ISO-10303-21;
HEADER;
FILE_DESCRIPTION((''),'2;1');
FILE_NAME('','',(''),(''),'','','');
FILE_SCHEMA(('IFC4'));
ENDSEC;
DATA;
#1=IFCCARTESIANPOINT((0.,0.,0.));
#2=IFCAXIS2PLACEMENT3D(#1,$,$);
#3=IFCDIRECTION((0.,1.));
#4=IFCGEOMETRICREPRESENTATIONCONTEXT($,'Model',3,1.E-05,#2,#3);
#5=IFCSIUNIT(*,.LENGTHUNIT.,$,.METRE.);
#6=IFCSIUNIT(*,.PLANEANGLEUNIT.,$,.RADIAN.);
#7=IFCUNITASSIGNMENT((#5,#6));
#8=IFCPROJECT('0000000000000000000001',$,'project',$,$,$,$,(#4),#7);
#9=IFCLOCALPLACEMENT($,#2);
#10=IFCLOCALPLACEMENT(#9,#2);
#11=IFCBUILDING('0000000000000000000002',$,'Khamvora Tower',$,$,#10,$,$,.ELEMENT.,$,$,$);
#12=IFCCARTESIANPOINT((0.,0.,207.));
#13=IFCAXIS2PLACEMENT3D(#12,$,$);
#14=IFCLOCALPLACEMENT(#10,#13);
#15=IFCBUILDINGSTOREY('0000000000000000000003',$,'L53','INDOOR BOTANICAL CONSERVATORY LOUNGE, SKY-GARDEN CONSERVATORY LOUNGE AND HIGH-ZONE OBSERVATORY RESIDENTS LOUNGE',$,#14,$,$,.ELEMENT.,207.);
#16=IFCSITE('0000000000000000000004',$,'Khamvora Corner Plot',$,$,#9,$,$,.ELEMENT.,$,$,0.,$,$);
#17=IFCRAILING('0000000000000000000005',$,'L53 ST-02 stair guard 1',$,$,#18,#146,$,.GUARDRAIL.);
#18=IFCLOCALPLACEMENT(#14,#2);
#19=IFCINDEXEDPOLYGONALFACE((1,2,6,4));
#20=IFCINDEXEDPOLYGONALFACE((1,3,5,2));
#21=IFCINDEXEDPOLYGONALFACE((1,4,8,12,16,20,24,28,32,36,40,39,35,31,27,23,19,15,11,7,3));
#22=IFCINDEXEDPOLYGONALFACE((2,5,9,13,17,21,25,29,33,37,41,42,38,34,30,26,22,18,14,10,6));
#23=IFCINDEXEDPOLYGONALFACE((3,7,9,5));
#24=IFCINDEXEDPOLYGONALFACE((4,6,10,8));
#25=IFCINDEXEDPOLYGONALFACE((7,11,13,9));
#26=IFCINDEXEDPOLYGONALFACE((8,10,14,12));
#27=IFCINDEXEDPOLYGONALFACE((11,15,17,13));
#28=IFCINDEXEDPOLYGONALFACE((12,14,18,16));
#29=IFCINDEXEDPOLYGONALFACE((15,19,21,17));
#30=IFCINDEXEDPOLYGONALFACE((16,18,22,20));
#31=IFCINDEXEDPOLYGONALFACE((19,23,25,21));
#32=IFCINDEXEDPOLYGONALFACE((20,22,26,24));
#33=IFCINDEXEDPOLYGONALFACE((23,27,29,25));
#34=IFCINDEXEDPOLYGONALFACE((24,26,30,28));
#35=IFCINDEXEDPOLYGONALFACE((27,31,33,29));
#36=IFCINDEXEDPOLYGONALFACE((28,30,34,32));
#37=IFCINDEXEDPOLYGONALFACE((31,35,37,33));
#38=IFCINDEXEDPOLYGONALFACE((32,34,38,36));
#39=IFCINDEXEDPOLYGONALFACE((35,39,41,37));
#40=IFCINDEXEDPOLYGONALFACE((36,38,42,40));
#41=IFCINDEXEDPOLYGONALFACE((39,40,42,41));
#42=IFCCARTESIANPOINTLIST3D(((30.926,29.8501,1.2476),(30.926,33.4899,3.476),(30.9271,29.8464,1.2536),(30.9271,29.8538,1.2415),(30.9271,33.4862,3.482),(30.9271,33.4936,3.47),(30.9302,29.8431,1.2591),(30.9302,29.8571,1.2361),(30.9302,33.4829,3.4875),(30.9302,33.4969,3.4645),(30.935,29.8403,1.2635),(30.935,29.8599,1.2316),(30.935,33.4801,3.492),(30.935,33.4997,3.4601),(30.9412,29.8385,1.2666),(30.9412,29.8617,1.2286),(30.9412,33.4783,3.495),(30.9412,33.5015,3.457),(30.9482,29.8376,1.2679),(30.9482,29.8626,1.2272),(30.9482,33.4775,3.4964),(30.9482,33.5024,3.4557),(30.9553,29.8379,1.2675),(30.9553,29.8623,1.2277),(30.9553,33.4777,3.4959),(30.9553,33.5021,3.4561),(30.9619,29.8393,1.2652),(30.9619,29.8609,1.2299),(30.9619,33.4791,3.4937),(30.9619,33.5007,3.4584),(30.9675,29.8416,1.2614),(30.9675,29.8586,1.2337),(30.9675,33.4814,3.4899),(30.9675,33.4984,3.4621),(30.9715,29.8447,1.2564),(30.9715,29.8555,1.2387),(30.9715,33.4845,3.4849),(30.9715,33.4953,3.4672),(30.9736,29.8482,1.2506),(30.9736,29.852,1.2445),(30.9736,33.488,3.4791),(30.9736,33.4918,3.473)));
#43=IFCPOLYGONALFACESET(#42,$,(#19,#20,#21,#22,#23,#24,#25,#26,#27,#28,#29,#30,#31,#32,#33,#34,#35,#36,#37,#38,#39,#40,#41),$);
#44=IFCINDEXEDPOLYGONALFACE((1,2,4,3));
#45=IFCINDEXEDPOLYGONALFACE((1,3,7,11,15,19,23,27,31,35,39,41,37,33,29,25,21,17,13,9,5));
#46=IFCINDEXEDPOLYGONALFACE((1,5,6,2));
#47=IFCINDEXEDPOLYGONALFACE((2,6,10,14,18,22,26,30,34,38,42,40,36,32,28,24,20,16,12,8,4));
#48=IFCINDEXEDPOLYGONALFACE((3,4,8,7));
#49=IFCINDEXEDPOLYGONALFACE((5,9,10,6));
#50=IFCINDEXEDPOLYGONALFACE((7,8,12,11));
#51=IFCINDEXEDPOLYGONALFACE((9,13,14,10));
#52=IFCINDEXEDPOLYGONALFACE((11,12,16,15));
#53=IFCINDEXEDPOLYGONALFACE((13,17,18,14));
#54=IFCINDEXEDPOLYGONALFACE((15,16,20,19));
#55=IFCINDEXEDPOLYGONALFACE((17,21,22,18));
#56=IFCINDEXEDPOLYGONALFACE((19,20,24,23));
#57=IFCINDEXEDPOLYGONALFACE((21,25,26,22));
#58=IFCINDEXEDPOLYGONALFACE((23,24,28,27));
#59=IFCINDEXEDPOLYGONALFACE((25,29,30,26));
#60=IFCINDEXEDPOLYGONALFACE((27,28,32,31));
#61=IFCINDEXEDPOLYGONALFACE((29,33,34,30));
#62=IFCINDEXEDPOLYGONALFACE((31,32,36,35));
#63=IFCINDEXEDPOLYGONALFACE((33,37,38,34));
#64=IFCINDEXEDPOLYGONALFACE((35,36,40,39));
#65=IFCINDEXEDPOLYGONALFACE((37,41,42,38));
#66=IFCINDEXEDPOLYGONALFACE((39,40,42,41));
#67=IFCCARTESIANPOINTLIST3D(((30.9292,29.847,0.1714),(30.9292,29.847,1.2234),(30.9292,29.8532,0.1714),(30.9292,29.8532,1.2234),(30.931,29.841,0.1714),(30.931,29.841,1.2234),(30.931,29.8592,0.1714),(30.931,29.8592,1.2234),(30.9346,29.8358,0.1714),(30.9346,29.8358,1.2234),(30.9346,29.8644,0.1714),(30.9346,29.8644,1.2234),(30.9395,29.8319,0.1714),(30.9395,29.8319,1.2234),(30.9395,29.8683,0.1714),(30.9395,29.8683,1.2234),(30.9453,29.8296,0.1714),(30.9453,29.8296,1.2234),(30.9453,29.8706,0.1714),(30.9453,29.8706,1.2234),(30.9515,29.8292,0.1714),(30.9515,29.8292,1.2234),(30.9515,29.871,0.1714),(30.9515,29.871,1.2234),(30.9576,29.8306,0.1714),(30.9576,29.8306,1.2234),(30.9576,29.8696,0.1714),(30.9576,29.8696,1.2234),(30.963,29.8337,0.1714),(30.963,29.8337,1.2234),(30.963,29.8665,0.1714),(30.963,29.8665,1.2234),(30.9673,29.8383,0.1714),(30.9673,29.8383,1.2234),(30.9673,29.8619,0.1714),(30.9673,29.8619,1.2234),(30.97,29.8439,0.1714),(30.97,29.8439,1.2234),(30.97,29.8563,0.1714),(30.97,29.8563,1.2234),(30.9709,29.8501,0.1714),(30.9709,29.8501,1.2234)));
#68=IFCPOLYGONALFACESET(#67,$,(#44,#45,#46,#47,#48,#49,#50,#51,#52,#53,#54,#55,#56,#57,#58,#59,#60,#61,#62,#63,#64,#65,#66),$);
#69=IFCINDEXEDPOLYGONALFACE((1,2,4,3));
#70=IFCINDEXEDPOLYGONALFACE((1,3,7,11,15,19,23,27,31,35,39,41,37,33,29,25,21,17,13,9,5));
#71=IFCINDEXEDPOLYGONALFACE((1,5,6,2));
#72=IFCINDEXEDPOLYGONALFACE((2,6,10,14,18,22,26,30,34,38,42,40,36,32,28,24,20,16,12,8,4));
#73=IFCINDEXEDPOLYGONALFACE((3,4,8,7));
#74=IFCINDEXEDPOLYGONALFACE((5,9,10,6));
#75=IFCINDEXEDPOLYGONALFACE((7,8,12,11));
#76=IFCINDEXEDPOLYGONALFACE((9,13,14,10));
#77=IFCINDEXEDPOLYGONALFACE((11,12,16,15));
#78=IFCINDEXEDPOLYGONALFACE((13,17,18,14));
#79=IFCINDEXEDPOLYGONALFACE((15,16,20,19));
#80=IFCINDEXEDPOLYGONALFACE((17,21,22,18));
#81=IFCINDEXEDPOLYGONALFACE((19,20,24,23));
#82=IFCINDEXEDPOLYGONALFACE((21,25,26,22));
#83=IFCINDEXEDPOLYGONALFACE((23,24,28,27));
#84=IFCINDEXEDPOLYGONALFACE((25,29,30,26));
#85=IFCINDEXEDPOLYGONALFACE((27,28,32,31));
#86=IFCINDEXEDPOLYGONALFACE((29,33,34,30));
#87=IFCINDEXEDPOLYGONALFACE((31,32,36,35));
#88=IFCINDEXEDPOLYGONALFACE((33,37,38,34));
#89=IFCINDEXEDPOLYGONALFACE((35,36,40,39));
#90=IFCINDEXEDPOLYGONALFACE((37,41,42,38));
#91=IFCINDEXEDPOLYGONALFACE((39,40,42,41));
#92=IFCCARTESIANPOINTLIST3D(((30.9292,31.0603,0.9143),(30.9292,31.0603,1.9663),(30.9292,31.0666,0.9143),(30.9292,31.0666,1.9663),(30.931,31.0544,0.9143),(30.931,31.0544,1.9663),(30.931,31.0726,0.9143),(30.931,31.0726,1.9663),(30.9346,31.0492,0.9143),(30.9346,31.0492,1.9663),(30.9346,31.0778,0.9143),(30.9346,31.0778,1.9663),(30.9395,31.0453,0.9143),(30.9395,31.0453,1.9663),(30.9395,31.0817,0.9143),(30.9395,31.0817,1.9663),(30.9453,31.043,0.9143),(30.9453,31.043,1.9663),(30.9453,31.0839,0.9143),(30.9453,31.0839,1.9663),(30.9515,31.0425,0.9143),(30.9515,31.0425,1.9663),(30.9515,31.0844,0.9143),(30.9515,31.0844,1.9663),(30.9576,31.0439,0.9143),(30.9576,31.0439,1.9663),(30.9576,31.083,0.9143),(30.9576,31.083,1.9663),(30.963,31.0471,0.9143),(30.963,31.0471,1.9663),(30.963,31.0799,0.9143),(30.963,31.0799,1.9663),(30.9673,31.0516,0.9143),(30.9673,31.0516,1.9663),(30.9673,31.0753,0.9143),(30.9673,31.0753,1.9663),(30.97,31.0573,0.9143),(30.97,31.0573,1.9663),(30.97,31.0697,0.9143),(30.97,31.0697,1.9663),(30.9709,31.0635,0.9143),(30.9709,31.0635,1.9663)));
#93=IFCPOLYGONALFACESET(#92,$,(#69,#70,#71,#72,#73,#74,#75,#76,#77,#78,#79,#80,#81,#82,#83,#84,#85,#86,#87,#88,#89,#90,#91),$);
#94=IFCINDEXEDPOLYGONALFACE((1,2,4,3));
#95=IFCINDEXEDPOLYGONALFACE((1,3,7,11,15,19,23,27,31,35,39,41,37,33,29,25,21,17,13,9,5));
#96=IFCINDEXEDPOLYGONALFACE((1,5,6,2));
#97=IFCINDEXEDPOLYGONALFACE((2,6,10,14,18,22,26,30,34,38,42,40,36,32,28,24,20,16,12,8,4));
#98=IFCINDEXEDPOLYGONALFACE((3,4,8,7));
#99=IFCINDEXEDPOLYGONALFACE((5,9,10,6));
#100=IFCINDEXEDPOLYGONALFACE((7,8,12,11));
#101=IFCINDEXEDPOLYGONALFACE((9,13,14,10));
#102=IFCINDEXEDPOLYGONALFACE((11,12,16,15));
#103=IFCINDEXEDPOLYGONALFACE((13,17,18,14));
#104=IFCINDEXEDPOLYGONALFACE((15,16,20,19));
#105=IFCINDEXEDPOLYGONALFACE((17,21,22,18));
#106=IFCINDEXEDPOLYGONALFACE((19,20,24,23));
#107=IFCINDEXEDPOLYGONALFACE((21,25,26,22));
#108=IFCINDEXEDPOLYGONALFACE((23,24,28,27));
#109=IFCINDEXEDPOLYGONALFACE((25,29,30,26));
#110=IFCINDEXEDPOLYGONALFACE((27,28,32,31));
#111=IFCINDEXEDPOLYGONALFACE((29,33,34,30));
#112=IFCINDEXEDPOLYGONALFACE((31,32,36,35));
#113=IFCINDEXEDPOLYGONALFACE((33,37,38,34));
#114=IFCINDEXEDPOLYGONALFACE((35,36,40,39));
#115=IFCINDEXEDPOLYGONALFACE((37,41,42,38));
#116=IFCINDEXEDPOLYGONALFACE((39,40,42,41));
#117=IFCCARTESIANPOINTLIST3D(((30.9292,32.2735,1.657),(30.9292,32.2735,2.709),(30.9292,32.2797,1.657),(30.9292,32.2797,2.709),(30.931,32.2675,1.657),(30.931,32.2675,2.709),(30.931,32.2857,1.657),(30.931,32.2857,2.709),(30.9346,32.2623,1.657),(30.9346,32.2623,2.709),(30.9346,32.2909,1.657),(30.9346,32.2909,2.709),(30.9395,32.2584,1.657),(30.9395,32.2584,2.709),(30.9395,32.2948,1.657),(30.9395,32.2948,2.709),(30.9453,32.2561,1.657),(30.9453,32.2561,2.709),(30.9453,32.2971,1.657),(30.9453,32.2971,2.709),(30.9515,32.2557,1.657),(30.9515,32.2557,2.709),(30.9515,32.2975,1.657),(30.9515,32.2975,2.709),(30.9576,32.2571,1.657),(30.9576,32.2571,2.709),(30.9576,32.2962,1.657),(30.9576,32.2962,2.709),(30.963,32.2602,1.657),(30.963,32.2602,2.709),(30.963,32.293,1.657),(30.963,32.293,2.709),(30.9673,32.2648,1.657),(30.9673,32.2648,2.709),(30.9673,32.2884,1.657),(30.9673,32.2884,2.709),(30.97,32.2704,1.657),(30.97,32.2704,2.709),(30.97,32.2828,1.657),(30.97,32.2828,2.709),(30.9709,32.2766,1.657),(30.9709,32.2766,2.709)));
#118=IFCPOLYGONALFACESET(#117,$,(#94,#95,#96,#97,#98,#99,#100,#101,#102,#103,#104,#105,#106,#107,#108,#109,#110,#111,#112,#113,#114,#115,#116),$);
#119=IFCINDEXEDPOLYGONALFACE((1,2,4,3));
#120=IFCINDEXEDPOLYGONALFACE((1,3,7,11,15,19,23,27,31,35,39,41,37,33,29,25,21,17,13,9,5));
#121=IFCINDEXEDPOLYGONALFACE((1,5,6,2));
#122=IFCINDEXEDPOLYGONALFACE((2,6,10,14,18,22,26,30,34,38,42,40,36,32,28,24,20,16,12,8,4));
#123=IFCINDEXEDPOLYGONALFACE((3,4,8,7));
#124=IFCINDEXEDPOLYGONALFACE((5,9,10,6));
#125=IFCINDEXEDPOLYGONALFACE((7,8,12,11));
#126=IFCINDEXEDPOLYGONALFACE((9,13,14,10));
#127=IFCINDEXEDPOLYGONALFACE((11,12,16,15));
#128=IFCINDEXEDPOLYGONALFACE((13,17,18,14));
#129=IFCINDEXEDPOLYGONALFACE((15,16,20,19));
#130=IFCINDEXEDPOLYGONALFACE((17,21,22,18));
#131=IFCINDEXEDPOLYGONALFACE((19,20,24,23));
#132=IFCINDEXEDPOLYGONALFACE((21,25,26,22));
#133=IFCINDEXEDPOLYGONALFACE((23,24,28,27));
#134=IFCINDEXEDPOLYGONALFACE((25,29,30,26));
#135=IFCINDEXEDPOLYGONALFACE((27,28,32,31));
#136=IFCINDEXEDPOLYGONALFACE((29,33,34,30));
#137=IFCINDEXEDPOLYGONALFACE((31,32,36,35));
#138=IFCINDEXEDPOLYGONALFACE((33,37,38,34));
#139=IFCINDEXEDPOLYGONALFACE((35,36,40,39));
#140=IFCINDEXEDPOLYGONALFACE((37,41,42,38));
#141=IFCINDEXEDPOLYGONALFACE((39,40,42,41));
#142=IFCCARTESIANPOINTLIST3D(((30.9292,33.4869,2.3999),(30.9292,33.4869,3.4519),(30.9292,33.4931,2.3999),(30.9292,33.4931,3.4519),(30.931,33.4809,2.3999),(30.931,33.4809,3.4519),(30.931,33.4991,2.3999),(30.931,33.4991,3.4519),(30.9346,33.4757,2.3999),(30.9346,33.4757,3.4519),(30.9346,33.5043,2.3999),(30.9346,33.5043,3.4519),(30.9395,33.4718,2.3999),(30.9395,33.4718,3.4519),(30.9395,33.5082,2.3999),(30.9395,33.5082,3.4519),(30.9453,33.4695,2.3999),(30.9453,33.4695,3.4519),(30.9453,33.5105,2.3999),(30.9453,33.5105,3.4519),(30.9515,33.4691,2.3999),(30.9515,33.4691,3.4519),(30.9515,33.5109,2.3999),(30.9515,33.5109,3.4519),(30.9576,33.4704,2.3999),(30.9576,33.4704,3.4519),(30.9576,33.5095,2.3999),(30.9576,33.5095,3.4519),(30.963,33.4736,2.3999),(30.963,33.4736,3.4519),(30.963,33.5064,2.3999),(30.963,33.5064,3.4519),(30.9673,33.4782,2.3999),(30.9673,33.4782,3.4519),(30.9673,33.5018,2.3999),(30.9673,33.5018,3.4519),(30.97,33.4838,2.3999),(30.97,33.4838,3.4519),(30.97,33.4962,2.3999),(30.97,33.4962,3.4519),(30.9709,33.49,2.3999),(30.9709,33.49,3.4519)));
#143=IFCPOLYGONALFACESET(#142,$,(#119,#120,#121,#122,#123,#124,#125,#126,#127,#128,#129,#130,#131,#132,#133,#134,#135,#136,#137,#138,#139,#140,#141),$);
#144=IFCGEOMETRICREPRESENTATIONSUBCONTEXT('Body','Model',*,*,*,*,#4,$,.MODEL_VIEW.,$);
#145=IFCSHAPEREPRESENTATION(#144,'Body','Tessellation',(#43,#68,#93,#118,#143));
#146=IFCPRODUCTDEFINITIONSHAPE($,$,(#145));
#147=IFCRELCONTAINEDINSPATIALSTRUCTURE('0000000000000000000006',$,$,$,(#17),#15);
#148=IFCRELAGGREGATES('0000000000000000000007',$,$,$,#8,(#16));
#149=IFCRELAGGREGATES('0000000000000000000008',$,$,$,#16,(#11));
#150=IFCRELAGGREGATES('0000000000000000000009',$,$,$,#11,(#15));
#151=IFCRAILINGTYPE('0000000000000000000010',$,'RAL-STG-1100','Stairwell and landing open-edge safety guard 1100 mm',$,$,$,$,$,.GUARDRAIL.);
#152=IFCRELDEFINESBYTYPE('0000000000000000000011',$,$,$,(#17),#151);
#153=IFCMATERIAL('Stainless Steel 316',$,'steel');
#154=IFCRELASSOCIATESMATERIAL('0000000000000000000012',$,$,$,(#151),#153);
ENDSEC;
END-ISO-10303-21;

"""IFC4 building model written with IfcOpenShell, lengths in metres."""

from ifc_helpers import new_model, si_unit, direction, frame, origin, origin_2d, place, context, subcontext, project, spatial, circle, extrude, material, type_object, element, save


model = new_model("IFC4")

# Units and contexts
model_context = context("Model", 3, precision=1e-05, world=origin(), true_north=direction((0.0, 1.0)))
body_context = subcontext(model_context, "Body", "Model", "MODEL_VIEW")
ifc_project = project(units=[si_unit("LENGTHUNIT", "METRE"), si_unit("PLANEANGLEUNIT", "RADIAN")], contexts=[model_context])

# Site, building, storey
site_placement = place(None, origin())
site = spatial("IfcSite", under=ifc_project, at=site_placement, Name="Khamvora Corner Plot", CompositionType="ELEMENT", RefElevation=0.0)
building_placement = place(site_placement, origin())
building = spatial("IfcBuilding", under=site, at=building_placement, Name="Khamvora Tower", CompositionType="ELEMENT")
storey_placement = place(building_placement, frame((0.0, 0.0, 207.0)))
storey = spatial("IfcBuildingStorey", under=building, at=storey_placement, Name="L53", Description="INDOOR BOTANICAL CONSERVATORY LOUNGE, SKY-GARDEN CONSERVATORY LOUNGE AND HIGH-ZONE OBSERVATORY RESIDENTS LOUNGE", CompositionType="ELEMENT", Elevation=207.0)

# Railing
ifc_material_1 = material(Name="Stainless Steel 316", Category="steel")
railing_type_1 = type_object("IfcRailingType", Name="RAL-STG-1100", Description="Stairwell and landing open-edge safety guard 1100 mm", PredefinedType="GUARDRAIL", material=ifc_material_1)
railing_1_placement = place(storey_placement, frame((30.95, 29.8501, 0.1714)))
element("IfcRailing", 1, at=railing_1_placement, inside=storey, type_object=railing_type_1, Name="L53 ST-02 stair guard 1", PredefinedType="GUARDRAIL", context=body_context, shape_type="SweptSolid", body=[
    extrude(circle(Radius=0.0239, at=origin_2d()), frame((0.0, 0.0, 1.0762), z_axis=(0.0, 0.85285, 0.522156), x_axis=(-1.0, 0.0, 0.0)), (0.0, 0.0, 1.0), 4.2678),
    extrude(circle(Radius=0.021, at=origin_2d()), origin(), (0.0, 0.0, 1.0), 1.052),
    extrude(circle(Radius=0.021, at=origin_2d()), frame((0.0, 1.2134, 0.7429)), (0.0, 0.0, 1.0), 1.052),
    extrude(circle(Radius=0.021, at=origin_2d()), frame((0.0, 2.4265, 1.4856)), (0.0, 0.0, 1.0), 1.052),
    extrude(circle(Radius=0.021, at=origin_2d()), frame((0.0, 3.6399, 2.2285)), (0.0, 0.0, 1.0), 1.052),
])

save(model, "model.ifc")
